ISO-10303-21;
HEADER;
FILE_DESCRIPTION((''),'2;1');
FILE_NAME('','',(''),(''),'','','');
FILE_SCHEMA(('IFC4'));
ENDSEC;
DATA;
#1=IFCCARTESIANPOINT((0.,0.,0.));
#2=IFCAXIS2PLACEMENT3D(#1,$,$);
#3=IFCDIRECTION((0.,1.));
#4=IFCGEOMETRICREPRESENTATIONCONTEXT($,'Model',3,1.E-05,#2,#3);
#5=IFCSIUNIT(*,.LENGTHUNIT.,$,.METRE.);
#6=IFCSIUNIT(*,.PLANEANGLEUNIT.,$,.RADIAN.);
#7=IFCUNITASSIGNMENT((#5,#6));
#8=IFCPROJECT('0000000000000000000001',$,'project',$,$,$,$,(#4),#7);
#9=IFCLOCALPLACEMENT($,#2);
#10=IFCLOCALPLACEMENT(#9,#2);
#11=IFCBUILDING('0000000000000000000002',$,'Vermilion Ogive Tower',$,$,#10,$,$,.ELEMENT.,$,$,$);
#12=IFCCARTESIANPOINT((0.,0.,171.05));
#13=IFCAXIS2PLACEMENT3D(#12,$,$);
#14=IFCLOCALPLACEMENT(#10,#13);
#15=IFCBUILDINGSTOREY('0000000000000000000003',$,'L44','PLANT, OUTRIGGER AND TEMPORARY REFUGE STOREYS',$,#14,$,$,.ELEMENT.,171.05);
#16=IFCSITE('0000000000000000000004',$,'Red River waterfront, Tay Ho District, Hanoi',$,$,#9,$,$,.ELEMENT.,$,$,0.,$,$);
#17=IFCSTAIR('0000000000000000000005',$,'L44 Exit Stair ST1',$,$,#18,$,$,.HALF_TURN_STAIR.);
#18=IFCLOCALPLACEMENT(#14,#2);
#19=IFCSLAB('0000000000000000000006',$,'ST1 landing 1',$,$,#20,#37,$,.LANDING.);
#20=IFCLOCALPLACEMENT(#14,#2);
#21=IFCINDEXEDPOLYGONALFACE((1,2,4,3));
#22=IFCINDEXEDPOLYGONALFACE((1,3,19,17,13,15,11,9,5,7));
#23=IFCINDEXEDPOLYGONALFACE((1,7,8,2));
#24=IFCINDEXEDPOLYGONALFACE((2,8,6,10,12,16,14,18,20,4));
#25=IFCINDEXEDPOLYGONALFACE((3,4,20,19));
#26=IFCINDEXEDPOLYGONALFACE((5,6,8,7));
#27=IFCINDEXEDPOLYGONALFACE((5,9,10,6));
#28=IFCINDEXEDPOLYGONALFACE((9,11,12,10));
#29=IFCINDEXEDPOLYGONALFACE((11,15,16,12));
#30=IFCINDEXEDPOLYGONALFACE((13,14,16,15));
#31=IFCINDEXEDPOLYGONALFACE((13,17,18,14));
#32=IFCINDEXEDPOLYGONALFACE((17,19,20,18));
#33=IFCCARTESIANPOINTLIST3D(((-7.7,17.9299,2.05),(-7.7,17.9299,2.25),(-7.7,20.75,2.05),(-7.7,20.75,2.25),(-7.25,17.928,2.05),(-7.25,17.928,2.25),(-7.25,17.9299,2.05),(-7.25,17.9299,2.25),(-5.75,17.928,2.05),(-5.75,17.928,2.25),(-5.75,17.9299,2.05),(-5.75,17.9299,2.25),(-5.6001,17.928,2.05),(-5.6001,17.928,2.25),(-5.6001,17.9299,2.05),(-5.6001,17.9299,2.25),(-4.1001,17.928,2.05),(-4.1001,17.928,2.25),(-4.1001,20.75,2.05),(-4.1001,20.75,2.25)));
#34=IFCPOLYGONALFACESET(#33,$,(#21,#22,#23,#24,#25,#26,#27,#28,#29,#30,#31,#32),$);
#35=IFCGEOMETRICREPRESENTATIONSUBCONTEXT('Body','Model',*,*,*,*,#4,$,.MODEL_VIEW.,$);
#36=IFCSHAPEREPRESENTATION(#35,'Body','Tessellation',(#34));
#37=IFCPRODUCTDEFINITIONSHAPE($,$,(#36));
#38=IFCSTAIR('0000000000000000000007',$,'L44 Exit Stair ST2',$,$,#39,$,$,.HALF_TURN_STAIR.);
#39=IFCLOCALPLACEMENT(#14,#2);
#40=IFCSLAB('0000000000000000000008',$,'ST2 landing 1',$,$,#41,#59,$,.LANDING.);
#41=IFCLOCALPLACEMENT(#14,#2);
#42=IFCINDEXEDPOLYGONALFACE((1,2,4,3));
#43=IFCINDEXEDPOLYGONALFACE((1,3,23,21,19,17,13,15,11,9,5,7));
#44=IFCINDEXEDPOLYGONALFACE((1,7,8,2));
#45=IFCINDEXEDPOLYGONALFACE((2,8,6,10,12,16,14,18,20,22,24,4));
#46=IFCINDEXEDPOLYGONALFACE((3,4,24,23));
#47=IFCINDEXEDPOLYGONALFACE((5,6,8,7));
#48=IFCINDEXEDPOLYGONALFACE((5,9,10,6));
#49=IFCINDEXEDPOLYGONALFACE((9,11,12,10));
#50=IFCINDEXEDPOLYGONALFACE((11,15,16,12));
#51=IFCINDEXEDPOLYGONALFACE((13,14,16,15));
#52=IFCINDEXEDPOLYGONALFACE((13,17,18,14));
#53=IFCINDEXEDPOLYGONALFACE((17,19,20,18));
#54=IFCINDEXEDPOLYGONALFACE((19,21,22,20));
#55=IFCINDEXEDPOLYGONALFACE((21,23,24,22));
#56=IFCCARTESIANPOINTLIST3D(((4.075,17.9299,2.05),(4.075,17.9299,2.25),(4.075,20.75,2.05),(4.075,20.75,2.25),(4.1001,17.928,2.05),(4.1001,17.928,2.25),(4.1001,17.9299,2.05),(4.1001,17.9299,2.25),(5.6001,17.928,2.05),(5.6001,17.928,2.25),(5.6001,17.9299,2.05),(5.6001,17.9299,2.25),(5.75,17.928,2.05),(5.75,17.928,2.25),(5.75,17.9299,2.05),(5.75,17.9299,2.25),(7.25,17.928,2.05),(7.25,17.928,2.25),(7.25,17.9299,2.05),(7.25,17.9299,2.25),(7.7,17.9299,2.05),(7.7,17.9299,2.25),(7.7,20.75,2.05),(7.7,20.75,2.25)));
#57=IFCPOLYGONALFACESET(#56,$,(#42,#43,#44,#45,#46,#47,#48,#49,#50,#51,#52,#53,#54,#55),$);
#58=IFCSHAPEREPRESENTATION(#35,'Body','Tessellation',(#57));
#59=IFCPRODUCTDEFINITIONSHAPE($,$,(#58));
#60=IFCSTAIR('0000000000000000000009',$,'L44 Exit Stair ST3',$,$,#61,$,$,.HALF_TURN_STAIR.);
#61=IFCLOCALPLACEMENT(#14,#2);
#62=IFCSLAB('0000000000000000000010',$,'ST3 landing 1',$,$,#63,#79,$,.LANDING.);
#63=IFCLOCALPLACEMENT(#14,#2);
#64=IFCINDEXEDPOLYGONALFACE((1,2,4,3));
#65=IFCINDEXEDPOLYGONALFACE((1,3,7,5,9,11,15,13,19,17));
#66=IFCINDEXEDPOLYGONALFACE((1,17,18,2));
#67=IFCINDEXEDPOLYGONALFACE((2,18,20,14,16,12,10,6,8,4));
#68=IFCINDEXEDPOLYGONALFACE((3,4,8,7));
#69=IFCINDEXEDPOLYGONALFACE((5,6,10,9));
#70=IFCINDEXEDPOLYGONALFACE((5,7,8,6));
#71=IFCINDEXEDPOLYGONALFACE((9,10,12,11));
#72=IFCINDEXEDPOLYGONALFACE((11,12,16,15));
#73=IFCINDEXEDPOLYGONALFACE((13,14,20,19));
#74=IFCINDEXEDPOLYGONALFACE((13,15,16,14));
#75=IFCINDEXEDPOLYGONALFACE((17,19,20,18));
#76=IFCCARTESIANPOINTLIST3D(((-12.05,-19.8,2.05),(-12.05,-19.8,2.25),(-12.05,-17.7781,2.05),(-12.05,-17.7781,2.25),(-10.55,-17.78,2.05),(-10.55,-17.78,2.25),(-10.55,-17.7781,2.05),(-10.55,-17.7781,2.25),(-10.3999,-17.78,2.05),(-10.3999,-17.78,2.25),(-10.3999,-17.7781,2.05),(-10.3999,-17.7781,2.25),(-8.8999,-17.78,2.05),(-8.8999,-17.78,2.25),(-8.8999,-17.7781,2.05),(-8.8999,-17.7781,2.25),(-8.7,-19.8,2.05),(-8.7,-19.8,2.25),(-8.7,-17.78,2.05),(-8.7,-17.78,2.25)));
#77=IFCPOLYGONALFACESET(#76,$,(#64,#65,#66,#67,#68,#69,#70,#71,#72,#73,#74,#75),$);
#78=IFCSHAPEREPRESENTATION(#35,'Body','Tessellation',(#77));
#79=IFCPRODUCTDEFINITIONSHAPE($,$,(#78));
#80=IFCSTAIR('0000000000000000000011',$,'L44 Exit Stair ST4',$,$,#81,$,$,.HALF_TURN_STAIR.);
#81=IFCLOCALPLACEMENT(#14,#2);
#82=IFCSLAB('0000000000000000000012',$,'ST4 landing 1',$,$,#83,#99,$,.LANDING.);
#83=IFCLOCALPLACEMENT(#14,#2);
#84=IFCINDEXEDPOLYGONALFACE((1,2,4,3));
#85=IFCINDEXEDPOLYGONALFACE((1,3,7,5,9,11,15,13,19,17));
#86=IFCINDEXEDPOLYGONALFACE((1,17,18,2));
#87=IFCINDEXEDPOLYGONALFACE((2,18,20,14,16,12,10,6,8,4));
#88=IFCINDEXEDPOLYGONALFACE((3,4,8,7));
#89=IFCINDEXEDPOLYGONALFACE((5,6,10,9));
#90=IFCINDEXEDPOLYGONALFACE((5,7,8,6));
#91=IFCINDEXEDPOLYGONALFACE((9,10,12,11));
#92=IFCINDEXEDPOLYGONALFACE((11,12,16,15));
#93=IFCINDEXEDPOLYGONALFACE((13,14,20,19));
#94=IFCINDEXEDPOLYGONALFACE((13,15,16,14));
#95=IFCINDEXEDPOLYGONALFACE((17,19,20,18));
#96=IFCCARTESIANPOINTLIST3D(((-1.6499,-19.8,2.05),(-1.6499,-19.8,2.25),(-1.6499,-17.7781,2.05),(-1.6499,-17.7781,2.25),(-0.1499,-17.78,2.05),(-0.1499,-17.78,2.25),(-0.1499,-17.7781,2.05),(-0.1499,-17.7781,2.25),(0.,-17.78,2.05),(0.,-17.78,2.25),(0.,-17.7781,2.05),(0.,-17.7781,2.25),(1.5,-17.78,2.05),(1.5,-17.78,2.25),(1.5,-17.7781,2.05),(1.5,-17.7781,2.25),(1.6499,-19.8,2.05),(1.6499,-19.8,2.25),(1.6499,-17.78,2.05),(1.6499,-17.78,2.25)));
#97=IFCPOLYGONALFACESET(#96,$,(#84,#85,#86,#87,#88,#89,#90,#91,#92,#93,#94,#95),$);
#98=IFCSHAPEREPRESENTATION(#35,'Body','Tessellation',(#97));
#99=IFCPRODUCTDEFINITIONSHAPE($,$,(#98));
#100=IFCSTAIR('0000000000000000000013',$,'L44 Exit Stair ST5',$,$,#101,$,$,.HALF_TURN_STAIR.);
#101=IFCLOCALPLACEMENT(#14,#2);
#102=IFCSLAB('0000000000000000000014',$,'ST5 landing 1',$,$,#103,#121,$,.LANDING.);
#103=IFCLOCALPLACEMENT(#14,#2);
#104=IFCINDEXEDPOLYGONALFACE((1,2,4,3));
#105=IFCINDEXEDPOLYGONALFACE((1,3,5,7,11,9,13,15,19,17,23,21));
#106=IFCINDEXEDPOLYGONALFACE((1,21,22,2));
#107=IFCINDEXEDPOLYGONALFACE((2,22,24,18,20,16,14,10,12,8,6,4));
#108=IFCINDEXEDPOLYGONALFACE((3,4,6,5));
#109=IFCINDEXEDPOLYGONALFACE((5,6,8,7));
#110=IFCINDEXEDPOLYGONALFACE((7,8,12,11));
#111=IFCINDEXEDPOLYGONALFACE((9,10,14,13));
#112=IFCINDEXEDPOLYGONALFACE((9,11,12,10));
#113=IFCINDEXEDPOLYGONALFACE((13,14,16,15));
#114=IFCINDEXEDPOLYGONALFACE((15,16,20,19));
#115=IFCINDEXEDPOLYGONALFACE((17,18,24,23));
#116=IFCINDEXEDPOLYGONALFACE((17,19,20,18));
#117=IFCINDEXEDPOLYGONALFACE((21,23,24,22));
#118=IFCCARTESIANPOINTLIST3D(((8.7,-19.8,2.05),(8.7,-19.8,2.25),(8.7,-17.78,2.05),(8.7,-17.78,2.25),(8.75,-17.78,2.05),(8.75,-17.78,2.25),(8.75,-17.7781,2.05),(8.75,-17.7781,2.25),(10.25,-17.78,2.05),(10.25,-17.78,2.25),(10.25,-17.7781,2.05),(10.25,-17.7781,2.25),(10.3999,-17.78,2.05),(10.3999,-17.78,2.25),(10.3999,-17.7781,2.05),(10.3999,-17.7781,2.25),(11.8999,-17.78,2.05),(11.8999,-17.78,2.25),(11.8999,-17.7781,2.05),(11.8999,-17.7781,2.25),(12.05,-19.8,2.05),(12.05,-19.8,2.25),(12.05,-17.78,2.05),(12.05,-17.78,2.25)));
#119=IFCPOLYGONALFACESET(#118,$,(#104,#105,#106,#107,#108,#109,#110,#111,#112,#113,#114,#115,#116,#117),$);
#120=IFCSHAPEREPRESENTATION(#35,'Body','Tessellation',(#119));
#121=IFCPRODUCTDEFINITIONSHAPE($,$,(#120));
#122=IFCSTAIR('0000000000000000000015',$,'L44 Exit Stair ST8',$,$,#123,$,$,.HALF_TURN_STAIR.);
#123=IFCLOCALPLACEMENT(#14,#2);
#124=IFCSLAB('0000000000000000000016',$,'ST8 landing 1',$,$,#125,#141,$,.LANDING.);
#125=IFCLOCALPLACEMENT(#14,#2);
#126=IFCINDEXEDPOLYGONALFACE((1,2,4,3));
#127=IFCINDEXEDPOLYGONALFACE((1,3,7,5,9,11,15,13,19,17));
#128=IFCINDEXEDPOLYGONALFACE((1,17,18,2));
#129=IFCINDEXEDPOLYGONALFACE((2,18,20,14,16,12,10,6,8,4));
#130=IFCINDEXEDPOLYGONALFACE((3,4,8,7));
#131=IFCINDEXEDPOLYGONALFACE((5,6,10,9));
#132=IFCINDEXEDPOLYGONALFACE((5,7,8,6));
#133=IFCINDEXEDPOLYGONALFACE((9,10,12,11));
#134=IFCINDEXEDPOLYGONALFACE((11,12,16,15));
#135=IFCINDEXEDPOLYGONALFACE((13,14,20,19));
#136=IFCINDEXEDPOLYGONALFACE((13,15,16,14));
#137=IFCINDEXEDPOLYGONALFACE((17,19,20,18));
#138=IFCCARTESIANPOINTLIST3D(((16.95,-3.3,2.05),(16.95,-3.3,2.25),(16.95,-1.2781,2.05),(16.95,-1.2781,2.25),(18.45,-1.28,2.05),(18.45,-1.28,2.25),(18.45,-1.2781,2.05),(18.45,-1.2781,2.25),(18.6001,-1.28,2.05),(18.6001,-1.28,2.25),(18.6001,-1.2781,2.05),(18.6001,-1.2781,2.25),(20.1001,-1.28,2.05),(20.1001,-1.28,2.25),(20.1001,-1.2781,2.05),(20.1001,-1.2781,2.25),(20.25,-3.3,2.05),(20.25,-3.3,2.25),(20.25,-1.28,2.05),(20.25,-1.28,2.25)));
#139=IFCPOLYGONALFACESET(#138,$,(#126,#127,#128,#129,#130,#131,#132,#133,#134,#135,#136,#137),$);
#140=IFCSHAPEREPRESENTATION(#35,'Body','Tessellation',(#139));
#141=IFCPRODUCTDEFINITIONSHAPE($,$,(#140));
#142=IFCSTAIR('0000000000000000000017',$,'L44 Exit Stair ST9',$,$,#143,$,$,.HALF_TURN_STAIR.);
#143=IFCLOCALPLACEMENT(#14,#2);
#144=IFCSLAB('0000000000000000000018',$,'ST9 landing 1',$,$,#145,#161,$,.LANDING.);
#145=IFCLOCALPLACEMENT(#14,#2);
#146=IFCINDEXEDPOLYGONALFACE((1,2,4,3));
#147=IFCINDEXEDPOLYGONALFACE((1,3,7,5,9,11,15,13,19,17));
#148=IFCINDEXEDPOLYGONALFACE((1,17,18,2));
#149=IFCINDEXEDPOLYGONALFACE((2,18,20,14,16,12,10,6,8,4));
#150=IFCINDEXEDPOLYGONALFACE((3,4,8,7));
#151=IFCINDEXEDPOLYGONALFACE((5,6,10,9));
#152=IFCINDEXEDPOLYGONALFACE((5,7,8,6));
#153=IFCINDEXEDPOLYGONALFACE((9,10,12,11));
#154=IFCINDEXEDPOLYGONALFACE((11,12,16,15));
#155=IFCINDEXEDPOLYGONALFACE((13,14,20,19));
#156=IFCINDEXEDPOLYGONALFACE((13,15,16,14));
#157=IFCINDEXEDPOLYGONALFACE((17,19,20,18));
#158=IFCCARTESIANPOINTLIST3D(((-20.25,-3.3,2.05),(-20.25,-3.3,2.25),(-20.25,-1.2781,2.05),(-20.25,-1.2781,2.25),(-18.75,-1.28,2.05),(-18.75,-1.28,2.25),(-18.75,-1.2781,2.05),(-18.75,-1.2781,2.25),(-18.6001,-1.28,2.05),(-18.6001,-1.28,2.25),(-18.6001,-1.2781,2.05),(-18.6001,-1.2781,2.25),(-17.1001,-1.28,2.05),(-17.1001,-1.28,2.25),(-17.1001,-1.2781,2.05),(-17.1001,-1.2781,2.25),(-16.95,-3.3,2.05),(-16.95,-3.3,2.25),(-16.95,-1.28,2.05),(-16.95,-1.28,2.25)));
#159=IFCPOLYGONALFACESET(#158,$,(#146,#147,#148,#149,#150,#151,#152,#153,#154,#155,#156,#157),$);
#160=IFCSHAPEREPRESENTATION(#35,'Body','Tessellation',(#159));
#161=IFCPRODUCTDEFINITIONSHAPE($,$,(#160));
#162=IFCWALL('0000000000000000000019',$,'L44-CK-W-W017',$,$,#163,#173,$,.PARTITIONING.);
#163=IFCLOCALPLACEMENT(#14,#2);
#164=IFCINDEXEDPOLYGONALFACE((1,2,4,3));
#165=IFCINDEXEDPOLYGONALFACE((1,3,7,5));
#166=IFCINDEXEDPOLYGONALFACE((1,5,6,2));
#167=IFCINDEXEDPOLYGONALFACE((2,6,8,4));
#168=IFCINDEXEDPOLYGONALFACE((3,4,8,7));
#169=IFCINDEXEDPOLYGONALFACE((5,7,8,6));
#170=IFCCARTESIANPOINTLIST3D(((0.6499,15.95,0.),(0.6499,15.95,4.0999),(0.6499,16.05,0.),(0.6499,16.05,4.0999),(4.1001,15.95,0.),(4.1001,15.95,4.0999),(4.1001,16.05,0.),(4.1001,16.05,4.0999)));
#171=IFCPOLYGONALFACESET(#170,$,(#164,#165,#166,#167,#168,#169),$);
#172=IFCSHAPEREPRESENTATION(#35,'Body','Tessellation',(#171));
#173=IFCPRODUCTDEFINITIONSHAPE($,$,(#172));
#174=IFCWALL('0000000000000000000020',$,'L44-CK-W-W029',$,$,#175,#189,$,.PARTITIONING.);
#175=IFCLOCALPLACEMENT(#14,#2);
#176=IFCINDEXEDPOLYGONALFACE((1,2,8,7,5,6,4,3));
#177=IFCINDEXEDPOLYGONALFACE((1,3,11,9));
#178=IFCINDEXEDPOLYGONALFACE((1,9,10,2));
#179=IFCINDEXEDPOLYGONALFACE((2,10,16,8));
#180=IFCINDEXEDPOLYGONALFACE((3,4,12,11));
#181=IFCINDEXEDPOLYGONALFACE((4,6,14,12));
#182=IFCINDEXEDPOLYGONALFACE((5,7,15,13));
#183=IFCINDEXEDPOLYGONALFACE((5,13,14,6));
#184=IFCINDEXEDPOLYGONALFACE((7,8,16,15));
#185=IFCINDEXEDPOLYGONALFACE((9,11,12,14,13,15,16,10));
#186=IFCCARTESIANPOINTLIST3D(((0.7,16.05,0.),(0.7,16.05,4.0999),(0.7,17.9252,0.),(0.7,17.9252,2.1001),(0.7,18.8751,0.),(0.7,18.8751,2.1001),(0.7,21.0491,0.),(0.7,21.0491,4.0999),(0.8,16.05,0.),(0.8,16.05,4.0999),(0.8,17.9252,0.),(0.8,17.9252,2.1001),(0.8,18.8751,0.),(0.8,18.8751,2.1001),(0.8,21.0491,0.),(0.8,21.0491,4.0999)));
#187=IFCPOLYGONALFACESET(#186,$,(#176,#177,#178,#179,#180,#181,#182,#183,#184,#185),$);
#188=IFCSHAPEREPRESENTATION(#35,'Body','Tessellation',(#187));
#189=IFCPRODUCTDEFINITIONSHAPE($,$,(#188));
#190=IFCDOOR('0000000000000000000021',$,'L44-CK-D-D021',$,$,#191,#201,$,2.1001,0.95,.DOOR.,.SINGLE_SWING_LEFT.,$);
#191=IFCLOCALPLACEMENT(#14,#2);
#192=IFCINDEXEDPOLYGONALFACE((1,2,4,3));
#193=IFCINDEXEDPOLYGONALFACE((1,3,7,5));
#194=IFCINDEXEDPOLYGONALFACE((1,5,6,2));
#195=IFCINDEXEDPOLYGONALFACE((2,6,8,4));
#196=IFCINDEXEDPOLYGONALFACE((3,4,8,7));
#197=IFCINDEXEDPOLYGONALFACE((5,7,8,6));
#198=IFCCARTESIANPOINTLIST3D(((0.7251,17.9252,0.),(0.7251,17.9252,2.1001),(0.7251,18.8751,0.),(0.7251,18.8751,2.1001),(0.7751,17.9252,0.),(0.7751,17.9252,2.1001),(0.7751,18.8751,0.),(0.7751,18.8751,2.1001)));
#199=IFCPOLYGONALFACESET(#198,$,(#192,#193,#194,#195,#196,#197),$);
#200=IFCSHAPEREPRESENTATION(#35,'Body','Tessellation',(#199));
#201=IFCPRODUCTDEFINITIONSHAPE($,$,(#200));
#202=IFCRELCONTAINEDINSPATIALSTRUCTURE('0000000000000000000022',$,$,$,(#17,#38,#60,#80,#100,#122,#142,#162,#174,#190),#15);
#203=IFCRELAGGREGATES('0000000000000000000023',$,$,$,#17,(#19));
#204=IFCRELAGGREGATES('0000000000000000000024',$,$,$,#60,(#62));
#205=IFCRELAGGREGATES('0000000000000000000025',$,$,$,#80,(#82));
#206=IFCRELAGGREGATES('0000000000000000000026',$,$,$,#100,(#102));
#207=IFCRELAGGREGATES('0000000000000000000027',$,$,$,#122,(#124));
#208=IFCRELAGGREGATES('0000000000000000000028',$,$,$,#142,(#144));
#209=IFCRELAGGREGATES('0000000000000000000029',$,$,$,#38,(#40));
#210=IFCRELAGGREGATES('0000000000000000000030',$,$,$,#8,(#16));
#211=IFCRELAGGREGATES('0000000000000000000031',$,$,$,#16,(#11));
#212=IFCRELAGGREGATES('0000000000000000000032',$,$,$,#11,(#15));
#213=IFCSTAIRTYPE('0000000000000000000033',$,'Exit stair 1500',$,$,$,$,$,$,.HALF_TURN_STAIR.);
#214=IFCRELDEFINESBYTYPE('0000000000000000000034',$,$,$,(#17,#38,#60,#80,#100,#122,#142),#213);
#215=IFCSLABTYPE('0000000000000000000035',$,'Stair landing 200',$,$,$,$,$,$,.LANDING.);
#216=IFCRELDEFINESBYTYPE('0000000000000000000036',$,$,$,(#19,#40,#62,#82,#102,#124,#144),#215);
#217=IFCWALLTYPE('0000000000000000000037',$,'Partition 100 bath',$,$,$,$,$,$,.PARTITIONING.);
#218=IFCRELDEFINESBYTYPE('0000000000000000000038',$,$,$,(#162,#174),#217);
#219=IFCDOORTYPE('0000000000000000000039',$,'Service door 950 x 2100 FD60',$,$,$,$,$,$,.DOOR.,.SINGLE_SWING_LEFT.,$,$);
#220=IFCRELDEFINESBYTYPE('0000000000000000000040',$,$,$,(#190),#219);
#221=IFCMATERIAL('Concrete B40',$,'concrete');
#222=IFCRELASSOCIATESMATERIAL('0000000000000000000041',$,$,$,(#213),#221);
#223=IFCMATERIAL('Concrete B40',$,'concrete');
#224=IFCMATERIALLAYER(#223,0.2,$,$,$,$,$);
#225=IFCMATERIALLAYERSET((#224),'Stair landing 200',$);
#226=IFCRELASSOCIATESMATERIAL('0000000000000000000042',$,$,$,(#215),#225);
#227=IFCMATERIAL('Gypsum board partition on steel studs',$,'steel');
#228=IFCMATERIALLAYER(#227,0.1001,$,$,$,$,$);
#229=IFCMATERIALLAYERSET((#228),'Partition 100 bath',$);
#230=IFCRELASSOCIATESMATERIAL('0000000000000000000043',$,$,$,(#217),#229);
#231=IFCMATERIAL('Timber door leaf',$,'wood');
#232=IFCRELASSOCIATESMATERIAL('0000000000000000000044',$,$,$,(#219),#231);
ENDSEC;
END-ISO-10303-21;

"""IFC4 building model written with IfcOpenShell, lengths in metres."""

from ifc_helpers import new_model, si_unit, direction, frame, frame_2d, origin, place, context, subcontext, project, spatial, polyline, rectangle, outline, extrude, material, layer, layer_set, type_object, element, fill, aggregate, save


model = new_model("IFC4")

# Units and contexts
model_context = context("Model", 3, precision=1e-05, world=origin(), true_north=direction((0.0, 1.0)))
body_context = subcontext(model_context, "Body", "Model", "MODEL_VIEW")
ifc_project = project(units=[si_unit("LENGTHUNIT", "METRE"), si_unit("PLANEANGLEUNIT", "RADIAN")], contexts=[model_context])

# Site, building, storey
site_placement = place(None, origin())
site = spatial("IfcSite", under=ifc_project, at=site_placement, Name="Red River waterfront, Tay Ho District, Hanoi", CompositionType="ELEMENT", RefElevation=0.0)
building_placement = place(site_placement, origin())
building = spatial("IfcBuilding", under=site, at=building_placement, Name="Vermilion Ogive Tower", CompositionType="ELEMENT")
storey_placement = place(building_placement, frame((0.0, 0.0, 171.05)))
storey = spatial("IfcBuildingStorey", under=building, at=storey_placement, Name="L44", Description="PLANT, OUTRIGGER AND TEMPORARY REFUGE STOREYS", CompositionType="ELEMENT", Elevation=171.05)

# Stairs, slabs
ifc_material_1 = material(Name="Concrete B40", Category="concrete")
stair_type = type_object("IfcStairType", Name="Exit stair 1500", PredefinedType="HALF_TURN_STAIR", material=ifc_material_1)
stair_1_placement = place(storey_placement, origin())
stair_1 = element("IfcStair", 1, at=stair_1_placement, inside=storey, type_object=stair_type, Name="L44 Exit Stair ST1", PredefinedType="HALF_TURN_STAIR")
ifc_material_2 = material(Name="Concrete B40", Category="concrete")
ifc_layer_1 = layer(ifc_material_2, 0.2)
ifc_layer_set_1 = layer_set([ifc_layer_1], Name="Stair landing 200")
slab_type_1 = type_object("IfcSlabType", Name="Stair landing 200", PredefinedType="LANDING", material=ifc_layer_set_1)
slab_1_placement = place(storey_placement, frame((0.0, 0.0, 2.05)))
slab_1 = element("IfcSlab", 2, at=slab_1_placement, type_object=slab_type_1, Name="ST1 landing 1", PredefinedType="LANDING", context=body_context, shape_type="SweptSolid", body=[
    extrude(outline(polyline([(-7.7, 17.9299), (-7.25, 17.9299), (-7.25, 17.928), (-5.75, 17.928), (-5.75, 17.9299), (-5.6001, 17.9299), (-5.6001, 17.928), (-4.1001, 17.928), (-4.1001, 20.75), (-7.7, 20.75), (-7.7, 17.9299)])), origin(), (0.0, 0.0, 1.0), 0.2),
])
aggregate(stair_1, [slab_1])
stair_2_placement = place(storey_placement, origin())
stair_2 = element("IfcStair", 3, at=stair_2_placement, inside=storey, type_object=stair_type, Name="L44 Exit Stair ST2", PredefinedType="HALF_TURN_STAIR")
slab_2_placement = place(storey_placement, frame((0.0, 0.0, 2.05)))
slab_2 = element("IfcSlab", 4, at=slab_2_placement, type_object=slab_type_1, Name="ST2 landing 1", PredefinedType="LANDING", context=body_context, shape_type="SweptSolid", body=[
    extrude(outline(polyline([(5.6001, 17.9299), (5.75, 17.9299), (5.75, 17.928), (7.25, 17.928), (7.25, 17.9299), (7.7, 17.9299), (7.7, 20.75), (4.075, 20.75), (4.075, 17.9299), (4.1001, 17.9299), (4.1001, 17.928), (5.6001, 17.928), (5.6001, 17.9299)])), origin(), (0.0, 0.0, 1.0), 0.2),
])
stair_3_placement = place(storey_placement, origin())
stair_3 = element("IfcStair", 5, at=stair_3_placement, inside=storey, type_object=stair_type, Name="L44 Exit Stair ST3", PredefinedType="HALF_TURN_STAIR")
slab_3_placement = place(storey_placement, frame((0.0, 0.0, 2.05)))
slab_3 = element("IfcSlab", 6, at=slab_3_placement, type_object=slab_type_1, Name="ST3 landing 1", PredefinedType="LANDING", context=body_context, shape_type="SweptSolid", body=[
    extrude(outline(polyline([(-8.7, -17.78), (-8.8999, -17.78), (-8.8999, -17.7781), (-10.3999, -17.7781), (-10.3999, -17.78), (-10.55, -17.78), (-10.55, -17.7781), (-12.05, -17.7781), (-12.05, -19.8), (-8.7, -19.8), (-8.7, -17.78)])), origin(), (0.0, 0.0, 1.0), 0.2),
])
aggregate(stair_3, [slab_3])
stair_4_placement = place(storey_placement, origin())
stair_4 = element("IfcStair", 7, at=stair_4_placement, inside=storey, type_object=stair_type, Name="L44 Exit Stair ST4", PredefinedType="HALF_TURN_STAIR")
slab_4_placement = place(storey_placement, frame((0.0, 0.0, 2.05)))
slab_4 = element("IfcSlab", 8, at=slab_4_placement, type_object=slab_type_1, Name="ST4 landing 1", PredefinedType="LANDING", context=body_context, shape_type="SweptSolid", body=[
    extrude(outline(polyline([(1.6499, -17.78), (1.5, -17.78), (1.5, -17.7781), (0.0, -17.7781), (0.0, -17.78), (-0.1499, -17.78), (-0.1499, -17.7781), (-1.6499, -17.7781), (-1.6499, -19.8), (1.6499, -19.8), (1.6499, -17.78)])), origin(), (0.0, 0.0, 1.0), 0.2),
])
aggregate(stair_4, [slab_4])
stair_5_placement = place(storey_placement, origin())
stair_5 = element("IfcStair", 9, at=stair_5_placement, inside=storey, type_object=stair_type, Name="L44 Exit Stair ST5", PredefinedType="HALF_TURN_STAIR")
slab_5_placement = place(storey_placement, frame((0.0, 0.0, 2.05)))
slab_5 = element("IfcSlab", 10, at=slab_5_placement, type_object=slab_type_1, Name="ST5 landing 1", PredefinedType="LANDING", context=body_context, shape_type="SweptSolid", body=[
    extrude(outline(polyline([(12.05, -17.78), (11.8999, -17.78), (11.8999, -17.7781), (10.3999, -17.7781), (10.3999, -17.78), (10.25, -17.78), (10.25, -17.7781), (8.75, -17.7781), (8.75, -17.78), (8.7, -17.78), (8.7, -19.8), (12.05, -19.8), (12.05, -17.78)])), origin(), (0.0, 0.0, 1.0), 0.2),
])
aggregate(stair_5, [slab_5])
stair_6_placement = place(storey_placement, origin())
stair_6 = element("IfcStair", 11, at=stair_6_placement, inside=storey, type_object=stair_type, Name="L44 Exit Stair ST8", PredefinedType="HALF_TURN_STAIR")
slab_6_placement = place(storey_placement, frame((0.0, 0.0, 2.05)))
slab_6 = element("IfcSlab", 12, at=slab_6_placement, type_object=slab_type_1, Name="ST8 landing 1", PredefinedType="LANDING", context=body_context, shape_type="SweptSolid", body=[
    extrude(outline(polyline([(20.25, -1.28), (20.1001, -1.28), (20.1001, -1.2781), (18.6001, -1.2781), (18.6001, -1.28), (18.45, -1.28), (18.45, -1.2781), (16.95, -1.2781), (16.95, -3.3), (20.25, -3.3), (20.25, -1.28)])), origin(), (0.0, 0.0, 1.0), 0.2),
])
aggregate(stair_6, [slab_6])
stair_7_placement = place(storey_placement, origin())
stair_7 = element("IfcStair", 13, at=stair_7_placement, inside=storey, type_object=stair_type, Name="L44 Exit Stair ST9", PredefinedType="HALF_TURN_STAIR")
slab_7_placement = place(storey_placement, frame((0.0, 0.0, 2.05)))
slab_7 = element("IfcSlab", 14, at=slab_7_placement, type_object=slab_type_1, Name="ST9 landing 1", PredefinedType="LANDING", context=body_context, shape_type="SweptSolid", body=[
    extrude(outline(polyline([(-16.95, -1.28), (-17.1001, -1.28), (-17.1001, -1.2781), (-18.6001, -1.2781), (-18.6001, -1.28), (-18.75, -1.28), (-18.75, -1.2781), (-20.25, -1.2781), (-20.25, -3.3), (-16.95, -3.3), (-16.95, -1.28)])), origin(), (0.0, 0.0, 1.0), 0.2),
])
aggregate(stair_7, [slab_7])

# Wall
ifc_material_3 = material(Name="Gypsum board partition on steel studs", Category="steel")
ifc_layer_2 = layer(ifc_material_3, 0.1001)
ifc_layer_set_2 = layer_set([ifc_layer_2], Name="Partition 100 bath")
wall_type_1 = type_object("IfcWallType", Name="Partition 100 bath", PredefinedType="PARTITIONING", material=ifc_layer_set_2)
wall_1_placement = place(storey_placement, frame((0.6499, 16.0, 0.0), z_axis=(0.0, 0.0, 1.0), x_axis=(1.0, 0.0, 0.0)))
element("IfcWall", 15, at=wall_1_placement, inside=storey, type_object=wall_type_1, Name="L44-CK-W-W017", PredefinedType="PARTITIONING", context=body_context, shape_type="SweptSolid", body=[
    extrude(rectangle(XDim=3.4502, YDim=0.1001, at=frame_2d((1.7251, 0.0))), origin(), (0.0, 0.0, 1.0), 4.0999),
])

# Wall, opening, door
wall_2_placement = place(storey_placement, frame((0.75, 16.05, 0.0), z_axis=(0.0, 0.0, 1.0), x_axis=(0.0, 1.0, 0.0)))
wall_2 = element("IfcWall", 16, at=wall_2_placement, inside=storey, type_object=wall_type_1, Name="L44-CK-W-W029", PredefinedType="PARTITIONING", context=body_context, shape_type="SweptSolid", body=[
    extrude(rectangle(XDim=4.999, YDim=0.1001, at=frame_2d((2.4995, 0.0))), origin(), (0.0, 0.0, 1.0), 4.0999),
])
opening_1_placement = place(wall_2_placement, frame((1.875, 0.0, 0.0)))
opening_1 = element("IfcOpeningElement", 17, at=opening_1_placement, cuts=wall_2, PredefinedType="OPENING", context=body_context, shape_type="SweptSolid", body=[
    extrude(rectangle(XDim=0.95, YDim=2.1001, at=frame_2d((0.4751, 1.05))), frame((0.0, 0.0601, 0.0), z_axis=(0.0, -1.0, 0.0), x_axis=(1.0, 0.0, 0.0)), (0.0, 0.0, 1.0), 0.1201),
])
ifc_material_4 = material(Name="Timber door leaf", Category="wood")
door_type_1 = type_object("IfcDoorType", Name="Service door 950 x 2100 FD60", OperationType="SINGLE_SWING_LEFT", PredefinedType="DOOR", material=ifc_material_4)
door_1_placement = place(opening_1_placement, origin())
door_1 = element("IfcDoor", 18, at=door_1_placement, inside=storey, type_object=door_type_1, Name="L44-CK-D-D021", OperationType="SINGLE_SWING_LEFT", OverallHeight=2.1001, OverallWidth=0.95, PredefinedType="DOOR", context=body_context, shape_type="SweptSolid", body=[
    extrude(rectangle(XDim=0.95, YDim=2.1001, at=frame_2d((0.4751, 1.05))), frame((0.0, 0.0249, 0.0), z_axis=(0.0, -1.0, 0.0), x_axis=(1.0, 0.0, 0.0)), (0.0, 0.0, 1.0), 0.05),
])
fill(opening_1, door_1)

aggregate(stair_2, [slab_2])

save(model, "model.ifc")
